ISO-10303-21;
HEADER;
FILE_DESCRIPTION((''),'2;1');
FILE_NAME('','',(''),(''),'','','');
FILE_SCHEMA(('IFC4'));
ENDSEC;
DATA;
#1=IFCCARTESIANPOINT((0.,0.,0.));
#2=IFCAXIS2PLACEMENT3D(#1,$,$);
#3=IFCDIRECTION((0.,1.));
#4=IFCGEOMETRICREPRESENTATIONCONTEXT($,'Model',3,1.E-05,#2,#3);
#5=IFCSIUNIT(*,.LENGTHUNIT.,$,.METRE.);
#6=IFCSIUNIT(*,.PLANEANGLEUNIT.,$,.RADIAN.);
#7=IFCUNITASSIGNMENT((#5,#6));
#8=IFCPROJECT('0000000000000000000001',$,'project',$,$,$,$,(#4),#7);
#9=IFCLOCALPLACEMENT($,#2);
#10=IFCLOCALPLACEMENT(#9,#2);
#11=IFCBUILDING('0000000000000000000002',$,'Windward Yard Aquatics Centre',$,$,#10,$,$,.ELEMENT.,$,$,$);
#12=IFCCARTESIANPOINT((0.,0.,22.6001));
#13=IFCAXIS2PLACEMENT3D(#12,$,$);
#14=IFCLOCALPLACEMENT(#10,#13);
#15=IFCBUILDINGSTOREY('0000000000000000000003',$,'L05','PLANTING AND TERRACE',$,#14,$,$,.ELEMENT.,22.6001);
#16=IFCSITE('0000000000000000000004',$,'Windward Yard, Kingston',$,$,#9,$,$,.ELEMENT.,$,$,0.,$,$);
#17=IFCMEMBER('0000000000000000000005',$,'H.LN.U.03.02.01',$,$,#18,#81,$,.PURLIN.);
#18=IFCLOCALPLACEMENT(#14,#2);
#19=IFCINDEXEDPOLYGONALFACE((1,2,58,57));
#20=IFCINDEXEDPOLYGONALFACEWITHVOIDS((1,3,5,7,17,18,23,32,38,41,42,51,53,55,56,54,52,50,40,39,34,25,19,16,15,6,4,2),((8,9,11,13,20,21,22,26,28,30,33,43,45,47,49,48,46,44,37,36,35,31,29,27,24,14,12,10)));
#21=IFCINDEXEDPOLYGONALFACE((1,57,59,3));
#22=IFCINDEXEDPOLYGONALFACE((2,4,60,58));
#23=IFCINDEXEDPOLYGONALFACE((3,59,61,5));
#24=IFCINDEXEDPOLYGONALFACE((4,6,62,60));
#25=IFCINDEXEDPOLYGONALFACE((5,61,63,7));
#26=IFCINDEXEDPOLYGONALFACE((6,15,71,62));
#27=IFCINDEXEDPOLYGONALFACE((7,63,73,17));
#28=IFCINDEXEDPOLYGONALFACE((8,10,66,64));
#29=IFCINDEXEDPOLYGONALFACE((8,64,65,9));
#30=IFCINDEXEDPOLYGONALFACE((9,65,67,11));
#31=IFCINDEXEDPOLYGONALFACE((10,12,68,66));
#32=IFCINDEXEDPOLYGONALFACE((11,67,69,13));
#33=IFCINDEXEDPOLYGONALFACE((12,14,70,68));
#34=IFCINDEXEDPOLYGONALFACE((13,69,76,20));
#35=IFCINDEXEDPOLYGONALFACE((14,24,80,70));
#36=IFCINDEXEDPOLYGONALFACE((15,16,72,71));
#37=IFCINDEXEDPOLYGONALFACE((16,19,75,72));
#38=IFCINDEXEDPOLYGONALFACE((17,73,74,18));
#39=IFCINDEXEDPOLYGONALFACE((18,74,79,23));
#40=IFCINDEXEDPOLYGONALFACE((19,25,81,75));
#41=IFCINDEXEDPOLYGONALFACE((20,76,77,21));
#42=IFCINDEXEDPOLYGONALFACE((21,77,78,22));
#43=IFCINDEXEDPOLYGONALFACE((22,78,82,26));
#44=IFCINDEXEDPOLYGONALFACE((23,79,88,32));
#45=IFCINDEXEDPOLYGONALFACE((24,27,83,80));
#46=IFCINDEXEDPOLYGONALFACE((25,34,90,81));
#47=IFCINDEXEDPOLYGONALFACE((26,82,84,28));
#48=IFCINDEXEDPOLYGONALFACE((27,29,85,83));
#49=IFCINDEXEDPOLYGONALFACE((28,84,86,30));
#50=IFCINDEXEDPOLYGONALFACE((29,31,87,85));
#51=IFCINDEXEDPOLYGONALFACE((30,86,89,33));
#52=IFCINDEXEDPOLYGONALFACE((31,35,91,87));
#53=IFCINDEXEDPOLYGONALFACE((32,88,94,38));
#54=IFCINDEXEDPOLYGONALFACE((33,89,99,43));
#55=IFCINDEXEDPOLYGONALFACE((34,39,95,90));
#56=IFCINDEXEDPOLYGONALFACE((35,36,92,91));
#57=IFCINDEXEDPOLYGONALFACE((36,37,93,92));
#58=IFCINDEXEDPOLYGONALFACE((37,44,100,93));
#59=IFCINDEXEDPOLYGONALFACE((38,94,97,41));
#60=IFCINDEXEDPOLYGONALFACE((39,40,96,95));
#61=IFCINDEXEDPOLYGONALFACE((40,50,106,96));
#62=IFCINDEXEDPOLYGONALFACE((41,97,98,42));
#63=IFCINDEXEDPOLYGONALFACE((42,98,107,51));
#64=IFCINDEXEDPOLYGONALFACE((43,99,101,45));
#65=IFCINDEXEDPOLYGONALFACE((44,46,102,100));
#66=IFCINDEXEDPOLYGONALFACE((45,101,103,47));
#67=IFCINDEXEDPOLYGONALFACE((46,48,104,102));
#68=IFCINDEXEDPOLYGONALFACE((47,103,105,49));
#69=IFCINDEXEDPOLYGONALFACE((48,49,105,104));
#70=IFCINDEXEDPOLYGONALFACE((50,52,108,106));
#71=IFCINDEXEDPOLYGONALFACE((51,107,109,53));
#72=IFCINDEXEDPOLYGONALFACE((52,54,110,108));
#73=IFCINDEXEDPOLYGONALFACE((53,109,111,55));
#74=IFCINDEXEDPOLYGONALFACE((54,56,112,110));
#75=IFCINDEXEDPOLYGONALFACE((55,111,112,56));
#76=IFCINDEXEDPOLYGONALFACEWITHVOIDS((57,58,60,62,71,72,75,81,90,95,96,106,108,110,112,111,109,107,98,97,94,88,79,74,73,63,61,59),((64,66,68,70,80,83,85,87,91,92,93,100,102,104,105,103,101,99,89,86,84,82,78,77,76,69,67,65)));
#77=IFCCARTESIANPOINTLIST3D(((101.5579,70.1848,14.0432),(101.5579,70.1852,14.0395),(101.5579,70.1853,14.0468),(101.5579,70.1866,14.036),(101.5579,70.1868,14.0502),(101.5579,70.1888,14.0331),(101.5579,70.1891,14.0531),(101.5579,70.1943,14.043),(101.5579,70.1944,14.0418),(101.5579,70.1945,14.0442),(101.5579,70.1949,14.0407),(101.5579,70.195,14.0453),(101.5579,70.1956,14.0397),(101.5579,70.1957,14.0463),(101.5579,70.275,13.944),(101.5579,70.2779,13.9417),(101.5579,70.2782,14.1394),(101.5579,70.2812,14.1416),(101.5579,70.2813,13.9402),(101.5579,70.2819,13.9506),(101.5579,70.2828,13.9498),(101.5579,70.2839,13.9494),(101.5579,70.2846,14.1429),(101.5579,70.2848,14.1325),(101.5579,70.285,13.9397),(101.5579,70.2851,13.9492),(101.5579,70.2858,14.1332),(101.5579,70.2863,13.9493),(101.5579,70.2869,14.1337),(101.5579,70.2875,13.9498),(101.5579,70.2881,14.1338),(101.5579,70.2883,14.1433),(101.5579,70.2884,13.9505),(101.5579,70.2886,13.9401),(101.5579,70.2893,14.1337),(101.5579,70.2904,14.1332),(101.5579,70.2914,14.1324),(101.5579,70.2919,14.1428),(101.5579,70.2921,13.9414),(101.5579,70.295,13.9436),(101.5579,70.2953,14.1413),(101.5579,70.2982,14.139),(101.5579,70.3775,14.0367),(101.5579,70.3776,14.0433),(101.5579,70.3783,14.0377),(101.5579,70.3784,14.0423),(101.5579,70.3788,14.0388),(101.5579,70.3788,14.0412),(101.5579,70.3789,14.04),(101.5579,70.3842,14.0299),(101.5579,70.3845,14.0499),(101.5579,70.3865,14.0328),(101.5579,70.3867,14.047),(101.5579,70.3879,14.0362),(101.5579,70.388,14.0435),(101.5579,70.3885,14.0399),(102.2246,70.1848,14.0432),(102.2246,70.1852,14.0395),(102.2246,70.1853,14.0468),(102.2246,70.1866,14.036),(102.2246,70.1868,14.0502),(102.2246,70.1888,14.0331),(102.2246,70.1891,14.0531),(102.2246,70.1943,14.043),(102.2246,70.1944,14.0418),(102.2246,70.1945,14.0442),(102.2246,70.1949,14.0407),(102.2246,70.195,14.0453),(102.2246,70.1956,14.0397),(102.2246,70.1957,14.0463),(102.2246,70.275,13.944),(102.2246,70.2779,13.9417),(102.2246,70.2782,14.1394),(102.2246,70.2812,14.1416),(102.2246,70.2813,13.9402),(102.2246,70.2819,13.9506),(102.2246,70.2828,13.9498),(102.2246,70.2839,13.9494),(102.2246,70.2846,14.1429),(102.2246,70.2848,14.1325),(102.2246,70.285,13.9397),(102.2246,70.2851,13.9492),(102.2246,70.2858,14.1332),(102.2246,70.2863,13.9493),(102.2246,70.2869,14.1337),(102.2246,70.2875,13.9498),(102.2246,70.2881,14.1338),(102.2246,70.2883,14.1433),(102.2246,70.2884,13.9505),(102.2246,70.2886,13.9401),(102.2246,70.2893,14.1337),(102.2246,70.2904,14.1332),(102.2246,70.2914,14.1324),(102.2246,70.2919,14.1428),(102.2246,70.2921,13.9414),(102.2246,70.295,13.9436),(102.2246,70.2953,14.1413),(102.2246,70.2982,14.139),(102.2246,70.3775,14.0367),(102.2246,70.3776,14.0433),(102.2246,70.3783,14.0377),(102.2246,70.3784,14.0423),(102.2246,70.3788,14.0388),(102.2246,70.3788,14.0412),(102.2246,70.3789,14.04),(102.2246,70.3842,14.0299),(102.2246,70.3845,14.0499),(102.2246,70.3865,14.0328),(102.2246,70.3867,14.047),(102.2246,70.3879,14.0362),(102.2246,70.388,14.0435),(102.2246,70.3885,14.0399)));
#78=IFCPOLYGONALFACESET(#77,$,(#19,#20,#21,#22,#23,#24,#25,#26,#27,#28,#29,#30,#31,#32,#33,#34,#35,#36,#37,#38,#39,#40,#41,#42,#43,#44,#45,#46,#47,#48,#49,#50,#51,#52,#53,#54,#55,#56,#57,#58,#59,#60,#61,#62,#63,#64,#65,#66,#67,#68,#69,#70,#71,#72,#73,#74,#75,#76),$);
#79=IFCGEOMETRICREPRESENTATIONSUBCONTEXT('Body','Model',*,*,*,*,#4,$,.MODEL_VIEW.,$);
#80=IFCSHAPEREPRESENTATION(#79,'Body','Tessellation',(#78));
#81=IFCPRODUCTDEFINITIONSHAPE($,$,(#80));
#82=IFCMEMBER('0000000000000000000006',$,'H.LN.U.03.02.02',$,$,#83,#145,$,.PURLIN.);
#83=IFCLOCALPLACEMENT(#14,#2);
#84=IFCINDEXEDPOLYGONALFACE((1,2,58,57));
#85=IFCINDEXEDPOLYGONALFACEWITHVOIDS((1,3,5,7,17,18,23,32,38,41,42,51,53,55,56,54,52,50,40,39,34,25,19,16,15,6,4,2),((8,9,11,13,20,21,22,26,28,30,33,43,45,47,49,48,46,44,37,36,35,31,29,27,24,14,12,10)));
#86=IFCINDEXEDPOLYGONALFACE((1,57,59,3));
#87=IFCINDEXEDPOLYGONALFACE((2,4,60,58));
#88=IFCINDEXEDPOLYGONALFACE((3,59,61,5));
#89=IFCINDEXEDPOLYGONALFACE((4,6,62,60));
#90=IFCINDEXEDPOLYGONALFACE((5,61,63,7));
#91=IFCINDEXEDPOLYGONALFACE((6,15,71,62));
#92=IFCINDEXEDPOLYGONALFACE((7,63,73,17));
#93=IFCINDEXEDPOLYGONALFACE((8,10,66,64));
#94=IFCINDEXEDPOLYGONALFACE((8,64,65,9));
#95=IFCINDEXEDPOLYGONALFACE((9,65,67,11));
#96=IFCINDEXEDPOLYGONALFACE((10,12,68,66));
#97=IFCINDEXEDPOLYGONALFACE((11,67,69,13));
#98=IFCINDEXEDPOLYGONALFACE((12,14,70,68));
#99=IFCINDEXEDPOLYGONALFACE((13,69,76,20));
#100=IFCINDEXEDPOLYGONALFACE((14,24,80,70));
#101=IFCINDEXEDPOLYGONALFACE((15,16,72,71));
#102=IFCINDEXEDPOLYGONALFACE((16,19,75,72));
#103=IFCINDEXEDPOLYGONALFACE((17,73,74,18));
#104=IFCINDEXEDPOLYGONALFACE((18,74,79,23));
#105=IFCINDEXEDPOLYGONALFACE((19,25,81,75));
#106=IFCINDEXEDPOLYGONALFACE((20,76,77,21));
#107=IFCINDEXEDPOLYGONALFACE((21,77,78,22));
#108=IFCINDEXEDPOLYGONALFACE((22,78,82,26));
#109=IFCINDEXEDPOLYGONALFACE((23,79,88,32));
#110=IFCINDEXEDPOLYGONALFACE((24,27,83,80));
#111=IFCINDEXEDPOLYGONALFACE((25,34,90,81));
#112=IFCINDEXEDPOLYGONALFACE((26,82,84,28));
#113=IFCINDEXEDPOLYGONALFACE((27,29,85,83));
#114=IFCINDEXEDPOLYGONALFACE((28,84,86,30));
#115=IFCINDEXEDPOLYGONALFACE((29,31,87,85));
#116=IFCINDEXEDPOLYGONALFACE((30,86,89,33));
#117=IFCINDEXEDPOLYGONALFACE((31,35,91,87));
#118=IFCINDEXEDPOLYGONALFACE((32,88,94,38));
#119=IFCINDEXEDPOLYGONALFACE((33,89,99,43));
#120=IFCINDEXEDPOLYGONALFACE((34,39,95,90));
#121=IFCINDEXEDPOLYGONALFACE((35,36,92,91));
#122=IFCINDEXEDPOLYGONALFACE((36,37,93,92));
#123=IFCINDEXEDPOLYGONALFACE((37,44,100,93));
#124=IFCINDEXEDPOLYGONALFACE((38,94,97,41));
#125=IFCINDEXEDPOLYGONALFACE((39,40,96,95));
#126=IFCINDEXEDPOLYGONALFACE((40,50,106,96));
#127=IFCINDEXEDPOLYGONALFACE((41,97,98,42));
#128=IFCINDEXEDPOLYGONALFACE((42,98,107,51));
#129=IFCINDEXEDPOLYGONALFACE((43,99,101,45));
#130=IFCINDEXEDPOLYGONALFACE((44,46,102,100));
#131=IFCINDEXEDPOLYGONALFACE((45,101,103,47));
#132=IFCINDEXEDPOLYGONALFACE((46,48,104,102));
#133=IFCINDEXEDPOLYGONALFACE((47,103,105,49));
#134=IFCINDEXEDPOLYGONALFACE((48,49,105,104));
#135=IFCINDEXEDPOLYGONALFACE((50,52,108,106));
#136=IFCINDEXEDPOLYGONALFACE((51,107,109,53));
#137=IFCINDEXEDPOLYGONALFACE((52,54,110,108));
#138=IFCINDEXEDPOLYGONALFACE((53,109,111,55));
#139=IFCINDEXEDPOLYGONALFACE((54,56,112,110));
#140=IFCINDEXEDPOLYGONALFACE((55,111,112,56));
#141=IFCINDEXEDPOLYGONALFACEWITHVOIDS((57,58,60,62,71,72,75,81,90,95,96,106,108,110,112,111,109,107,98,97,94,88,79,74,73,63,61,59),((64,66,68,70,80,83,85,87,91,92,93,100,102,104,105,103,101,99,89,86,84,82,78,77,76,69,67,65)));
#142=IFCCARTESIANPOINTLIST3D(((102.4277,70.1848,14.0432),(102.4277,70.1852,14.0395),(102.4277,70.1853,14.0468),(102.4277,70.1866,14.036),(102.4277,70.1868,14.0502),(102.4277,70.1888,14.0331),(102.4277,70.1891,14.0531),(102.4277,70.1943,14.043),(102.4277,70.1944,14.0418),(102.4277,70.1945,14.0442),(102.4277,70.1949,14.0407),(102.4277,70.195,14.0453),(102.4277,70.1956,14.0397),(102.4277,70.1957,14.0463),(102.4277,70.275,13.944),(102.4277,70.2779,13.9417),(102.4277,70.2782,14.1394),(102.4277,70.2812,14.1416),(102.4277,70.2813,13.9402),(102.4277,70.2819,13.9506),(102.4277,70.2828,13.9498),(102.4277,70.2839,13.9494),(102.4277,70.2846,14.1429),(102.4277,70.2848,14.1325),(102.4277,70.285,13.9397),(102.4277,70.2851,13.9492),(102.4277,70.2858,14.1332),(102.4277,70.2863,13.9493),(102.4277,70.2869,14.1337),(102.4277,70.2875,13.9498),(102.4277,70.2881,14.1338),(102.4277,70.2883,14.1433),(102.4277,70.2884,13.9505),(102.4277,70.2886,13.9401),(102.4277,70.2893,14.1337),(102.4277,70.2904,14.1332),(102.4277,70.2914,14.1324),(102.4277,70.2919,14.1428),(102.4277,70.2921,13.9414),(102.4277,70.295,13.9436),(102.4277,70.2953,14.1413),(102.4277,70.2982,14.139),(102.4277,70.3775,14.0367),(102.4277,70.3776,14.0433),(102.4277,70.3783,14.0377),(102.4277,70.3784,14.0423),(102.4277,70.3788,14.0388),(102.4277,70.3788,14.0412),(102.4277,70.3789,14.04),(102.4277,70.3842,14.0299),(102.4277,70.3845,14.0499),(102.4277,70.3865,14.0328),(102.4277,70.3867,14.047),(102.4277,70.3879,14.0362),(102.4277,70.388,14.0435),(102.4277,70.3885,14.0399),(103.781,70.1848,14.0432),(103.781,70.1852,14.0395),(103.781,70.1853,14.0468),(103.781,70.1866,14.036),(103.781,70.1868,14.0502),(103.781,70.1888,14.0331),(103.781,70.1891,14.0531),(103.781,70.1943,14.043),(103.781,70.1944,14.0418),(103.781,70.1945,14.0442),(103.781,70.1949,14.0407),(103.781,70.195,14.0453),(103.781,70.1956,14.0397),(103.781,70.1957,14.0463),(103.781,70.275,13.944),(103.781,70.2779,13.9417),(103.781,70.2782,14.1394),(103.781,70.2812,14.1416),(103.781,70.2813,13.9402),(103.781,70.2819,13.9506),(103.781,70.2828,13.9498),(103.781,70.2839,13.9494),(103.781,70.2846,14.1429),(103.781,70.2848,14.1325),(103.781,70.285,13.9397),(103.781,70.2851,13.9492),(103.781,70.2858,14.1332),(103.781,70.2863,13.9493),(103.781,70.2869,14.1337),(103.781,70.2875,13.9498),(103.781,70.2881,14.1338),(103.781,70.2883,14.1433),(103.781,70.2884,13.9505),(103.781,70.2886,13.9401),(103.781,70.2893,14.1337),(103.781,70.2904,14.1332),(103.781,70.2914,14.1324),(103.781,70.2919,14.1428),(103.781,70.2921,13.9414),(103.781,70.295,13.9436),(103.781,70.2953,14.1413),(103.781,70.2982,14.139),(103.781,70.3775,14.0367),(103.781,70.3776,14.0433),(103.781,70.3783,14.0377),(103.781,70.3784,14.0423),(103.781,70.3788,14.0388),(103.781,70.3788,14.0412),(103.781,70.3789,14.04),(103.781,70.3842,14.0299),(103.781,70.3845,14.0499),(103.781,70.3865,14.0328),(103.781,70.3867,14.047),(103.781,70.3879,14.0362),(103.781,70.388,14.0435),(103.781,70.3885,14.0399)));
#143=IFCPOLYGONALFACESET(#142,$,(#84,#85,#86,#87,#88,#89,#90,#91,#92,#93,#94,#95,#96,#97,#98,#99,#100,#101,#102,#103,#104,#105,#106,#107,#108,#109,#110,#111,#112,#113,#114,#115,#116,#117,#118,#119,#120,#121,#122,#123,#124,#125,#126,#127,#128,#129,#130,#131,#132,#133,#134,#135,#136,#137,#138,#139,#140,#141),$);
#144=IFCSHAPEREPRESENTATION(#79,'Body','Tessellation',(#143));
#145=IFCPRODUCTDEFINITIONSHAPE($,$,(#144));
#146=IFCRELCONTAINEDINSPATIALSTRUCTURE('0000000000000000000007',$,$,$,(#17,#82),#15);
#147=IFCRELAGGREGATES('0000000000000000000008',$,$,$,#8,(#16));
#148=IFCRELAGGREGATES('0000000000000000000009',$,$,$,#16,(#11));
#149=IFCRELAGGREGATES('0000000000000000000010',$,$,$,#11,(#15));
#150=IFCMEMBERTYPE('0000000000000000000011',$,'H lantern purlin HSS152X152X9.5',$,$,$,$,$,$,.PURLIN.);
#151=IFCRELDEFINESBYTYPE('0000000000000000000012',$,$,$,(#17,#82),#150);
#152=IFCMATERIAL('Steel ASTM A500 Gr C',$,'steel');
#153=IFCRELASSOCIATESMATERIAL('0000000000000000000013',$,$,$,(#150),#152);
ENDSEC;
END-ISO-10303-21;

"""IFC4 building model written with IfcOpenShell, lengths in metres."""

from ifc_helpers import new_model, si_unit, direction, frame, origin, origin_2d, place, context, subcontext, project, spatial, hollow_rectangle, extrude, material, material_profile, profile_set, type_object, element, save


model = new_model("IFC4")

# Units and contexts
model_context = context("Model", 3, precision=1e-05, world=origin(), true_north=direction((0.0, 1.0)))
body_context = subcontext(model_context, "Body", "Model", "MODEL_VIEW")
ifc_project = project(units=[si_unit("LENGTHUNIT", "METRE"), si_unit("PLANEANGLEUNIT", "RADIAN")], contexts=[model_context])

# Site, building, storey
site_placement = place(None, origin())
site = spatial("IfcSite", under=ifc_project, at=site_placement, Name="Windward Yard, Kingston", CompositionType="ELEMENT", RefElevation=0.0)
building_placement = place(site_placement, origin())
building = spatial("IfcBuilding", under=site, at=building_placement, Name="Windward Yard Aquatics Centre", CompositionType="ELEMENT")
storey_placement = place(building_placement, frame((0.0, 0.0, 22.6001)))
storey = spatial("IfcBuildingStorey", under=building, at=storey_placement, Name="L05", Description="PLANTING AND TERRACE", CompositionType="ELEMENT", Elevation=22.6001)

# Members
ifc_material_1 = material(Name="Steel ASTM A500 Gr C", Category="steel")
ifc_material_profile = material_profile(ifc_material_1, hollow_rectangle(XDim=0.1523, YDim=0.1523, WallThickness=0.0095, InnerFilletRadius=0.0046, OuterFilletRadius=0.0142, at=origin_2d()), Name="HSS152X152X9.5")
ifc_profile_set = profile_set([ifc_material_profile], Name="Steel ASTM A500 Gr C")
member_type = type_object("IfcMemberType", Name="H lantern purlin HSS152X152X9.5", PredefinedType="PURLIN", material=ifc_profile_set)
member_1_placement = place(storey_placement, frame((101.5579, 70.2866, 14.0415), z_axis=(1.0, 0.0, 0.0), x_axis=(0.0, 0.69555, -0.718477)))
element("IfcMember", 1, at=member_1_placement, inside=storey, type_object=member_type, Name="H.LN.U.03.02.01", PredefinedType="PURLIN", context=body_context, shape_type="SweptSolid", body=[
    extrude(hollow_rectangle(XDim=0.1523, YDim=0.1523, WallThickness=0.0095, InnerFilletRadius=0.0046, OuterFilletRadius=0.0142, at=origin_2d()), origin(), (0.0, 0.0, 1.0), 0.6667),
])
for number, where, z_axis, x_axis, name in (
    (2, (102.4277, 70.2866, 14.0415), (1.0, 0.0, 0.0), (0.0, 0.69555, -0.718477), "H.LN.U.03.02.02"),
):
    element("IfcMember", number, at=place(storey_placement, frame(where, z_axis=z_axis, x_axis=x_axis)), inside=storey, type_object=member_type, Name=name, PredefinedType="PURLIN", context=body_context, shape_type="SweptSolid", body=[
        extrude(hollow_rectangle(XDim=0.1523, YDim=0.1523, WallThickness=0.0095, InnerFilletRadius=0.0046, OuterFilletRadius=0.0142, at=origin_2d()), origin(), (0.0, 0.0, 1.0), 1.3533),
    ])

save(model, "model.ifc")
